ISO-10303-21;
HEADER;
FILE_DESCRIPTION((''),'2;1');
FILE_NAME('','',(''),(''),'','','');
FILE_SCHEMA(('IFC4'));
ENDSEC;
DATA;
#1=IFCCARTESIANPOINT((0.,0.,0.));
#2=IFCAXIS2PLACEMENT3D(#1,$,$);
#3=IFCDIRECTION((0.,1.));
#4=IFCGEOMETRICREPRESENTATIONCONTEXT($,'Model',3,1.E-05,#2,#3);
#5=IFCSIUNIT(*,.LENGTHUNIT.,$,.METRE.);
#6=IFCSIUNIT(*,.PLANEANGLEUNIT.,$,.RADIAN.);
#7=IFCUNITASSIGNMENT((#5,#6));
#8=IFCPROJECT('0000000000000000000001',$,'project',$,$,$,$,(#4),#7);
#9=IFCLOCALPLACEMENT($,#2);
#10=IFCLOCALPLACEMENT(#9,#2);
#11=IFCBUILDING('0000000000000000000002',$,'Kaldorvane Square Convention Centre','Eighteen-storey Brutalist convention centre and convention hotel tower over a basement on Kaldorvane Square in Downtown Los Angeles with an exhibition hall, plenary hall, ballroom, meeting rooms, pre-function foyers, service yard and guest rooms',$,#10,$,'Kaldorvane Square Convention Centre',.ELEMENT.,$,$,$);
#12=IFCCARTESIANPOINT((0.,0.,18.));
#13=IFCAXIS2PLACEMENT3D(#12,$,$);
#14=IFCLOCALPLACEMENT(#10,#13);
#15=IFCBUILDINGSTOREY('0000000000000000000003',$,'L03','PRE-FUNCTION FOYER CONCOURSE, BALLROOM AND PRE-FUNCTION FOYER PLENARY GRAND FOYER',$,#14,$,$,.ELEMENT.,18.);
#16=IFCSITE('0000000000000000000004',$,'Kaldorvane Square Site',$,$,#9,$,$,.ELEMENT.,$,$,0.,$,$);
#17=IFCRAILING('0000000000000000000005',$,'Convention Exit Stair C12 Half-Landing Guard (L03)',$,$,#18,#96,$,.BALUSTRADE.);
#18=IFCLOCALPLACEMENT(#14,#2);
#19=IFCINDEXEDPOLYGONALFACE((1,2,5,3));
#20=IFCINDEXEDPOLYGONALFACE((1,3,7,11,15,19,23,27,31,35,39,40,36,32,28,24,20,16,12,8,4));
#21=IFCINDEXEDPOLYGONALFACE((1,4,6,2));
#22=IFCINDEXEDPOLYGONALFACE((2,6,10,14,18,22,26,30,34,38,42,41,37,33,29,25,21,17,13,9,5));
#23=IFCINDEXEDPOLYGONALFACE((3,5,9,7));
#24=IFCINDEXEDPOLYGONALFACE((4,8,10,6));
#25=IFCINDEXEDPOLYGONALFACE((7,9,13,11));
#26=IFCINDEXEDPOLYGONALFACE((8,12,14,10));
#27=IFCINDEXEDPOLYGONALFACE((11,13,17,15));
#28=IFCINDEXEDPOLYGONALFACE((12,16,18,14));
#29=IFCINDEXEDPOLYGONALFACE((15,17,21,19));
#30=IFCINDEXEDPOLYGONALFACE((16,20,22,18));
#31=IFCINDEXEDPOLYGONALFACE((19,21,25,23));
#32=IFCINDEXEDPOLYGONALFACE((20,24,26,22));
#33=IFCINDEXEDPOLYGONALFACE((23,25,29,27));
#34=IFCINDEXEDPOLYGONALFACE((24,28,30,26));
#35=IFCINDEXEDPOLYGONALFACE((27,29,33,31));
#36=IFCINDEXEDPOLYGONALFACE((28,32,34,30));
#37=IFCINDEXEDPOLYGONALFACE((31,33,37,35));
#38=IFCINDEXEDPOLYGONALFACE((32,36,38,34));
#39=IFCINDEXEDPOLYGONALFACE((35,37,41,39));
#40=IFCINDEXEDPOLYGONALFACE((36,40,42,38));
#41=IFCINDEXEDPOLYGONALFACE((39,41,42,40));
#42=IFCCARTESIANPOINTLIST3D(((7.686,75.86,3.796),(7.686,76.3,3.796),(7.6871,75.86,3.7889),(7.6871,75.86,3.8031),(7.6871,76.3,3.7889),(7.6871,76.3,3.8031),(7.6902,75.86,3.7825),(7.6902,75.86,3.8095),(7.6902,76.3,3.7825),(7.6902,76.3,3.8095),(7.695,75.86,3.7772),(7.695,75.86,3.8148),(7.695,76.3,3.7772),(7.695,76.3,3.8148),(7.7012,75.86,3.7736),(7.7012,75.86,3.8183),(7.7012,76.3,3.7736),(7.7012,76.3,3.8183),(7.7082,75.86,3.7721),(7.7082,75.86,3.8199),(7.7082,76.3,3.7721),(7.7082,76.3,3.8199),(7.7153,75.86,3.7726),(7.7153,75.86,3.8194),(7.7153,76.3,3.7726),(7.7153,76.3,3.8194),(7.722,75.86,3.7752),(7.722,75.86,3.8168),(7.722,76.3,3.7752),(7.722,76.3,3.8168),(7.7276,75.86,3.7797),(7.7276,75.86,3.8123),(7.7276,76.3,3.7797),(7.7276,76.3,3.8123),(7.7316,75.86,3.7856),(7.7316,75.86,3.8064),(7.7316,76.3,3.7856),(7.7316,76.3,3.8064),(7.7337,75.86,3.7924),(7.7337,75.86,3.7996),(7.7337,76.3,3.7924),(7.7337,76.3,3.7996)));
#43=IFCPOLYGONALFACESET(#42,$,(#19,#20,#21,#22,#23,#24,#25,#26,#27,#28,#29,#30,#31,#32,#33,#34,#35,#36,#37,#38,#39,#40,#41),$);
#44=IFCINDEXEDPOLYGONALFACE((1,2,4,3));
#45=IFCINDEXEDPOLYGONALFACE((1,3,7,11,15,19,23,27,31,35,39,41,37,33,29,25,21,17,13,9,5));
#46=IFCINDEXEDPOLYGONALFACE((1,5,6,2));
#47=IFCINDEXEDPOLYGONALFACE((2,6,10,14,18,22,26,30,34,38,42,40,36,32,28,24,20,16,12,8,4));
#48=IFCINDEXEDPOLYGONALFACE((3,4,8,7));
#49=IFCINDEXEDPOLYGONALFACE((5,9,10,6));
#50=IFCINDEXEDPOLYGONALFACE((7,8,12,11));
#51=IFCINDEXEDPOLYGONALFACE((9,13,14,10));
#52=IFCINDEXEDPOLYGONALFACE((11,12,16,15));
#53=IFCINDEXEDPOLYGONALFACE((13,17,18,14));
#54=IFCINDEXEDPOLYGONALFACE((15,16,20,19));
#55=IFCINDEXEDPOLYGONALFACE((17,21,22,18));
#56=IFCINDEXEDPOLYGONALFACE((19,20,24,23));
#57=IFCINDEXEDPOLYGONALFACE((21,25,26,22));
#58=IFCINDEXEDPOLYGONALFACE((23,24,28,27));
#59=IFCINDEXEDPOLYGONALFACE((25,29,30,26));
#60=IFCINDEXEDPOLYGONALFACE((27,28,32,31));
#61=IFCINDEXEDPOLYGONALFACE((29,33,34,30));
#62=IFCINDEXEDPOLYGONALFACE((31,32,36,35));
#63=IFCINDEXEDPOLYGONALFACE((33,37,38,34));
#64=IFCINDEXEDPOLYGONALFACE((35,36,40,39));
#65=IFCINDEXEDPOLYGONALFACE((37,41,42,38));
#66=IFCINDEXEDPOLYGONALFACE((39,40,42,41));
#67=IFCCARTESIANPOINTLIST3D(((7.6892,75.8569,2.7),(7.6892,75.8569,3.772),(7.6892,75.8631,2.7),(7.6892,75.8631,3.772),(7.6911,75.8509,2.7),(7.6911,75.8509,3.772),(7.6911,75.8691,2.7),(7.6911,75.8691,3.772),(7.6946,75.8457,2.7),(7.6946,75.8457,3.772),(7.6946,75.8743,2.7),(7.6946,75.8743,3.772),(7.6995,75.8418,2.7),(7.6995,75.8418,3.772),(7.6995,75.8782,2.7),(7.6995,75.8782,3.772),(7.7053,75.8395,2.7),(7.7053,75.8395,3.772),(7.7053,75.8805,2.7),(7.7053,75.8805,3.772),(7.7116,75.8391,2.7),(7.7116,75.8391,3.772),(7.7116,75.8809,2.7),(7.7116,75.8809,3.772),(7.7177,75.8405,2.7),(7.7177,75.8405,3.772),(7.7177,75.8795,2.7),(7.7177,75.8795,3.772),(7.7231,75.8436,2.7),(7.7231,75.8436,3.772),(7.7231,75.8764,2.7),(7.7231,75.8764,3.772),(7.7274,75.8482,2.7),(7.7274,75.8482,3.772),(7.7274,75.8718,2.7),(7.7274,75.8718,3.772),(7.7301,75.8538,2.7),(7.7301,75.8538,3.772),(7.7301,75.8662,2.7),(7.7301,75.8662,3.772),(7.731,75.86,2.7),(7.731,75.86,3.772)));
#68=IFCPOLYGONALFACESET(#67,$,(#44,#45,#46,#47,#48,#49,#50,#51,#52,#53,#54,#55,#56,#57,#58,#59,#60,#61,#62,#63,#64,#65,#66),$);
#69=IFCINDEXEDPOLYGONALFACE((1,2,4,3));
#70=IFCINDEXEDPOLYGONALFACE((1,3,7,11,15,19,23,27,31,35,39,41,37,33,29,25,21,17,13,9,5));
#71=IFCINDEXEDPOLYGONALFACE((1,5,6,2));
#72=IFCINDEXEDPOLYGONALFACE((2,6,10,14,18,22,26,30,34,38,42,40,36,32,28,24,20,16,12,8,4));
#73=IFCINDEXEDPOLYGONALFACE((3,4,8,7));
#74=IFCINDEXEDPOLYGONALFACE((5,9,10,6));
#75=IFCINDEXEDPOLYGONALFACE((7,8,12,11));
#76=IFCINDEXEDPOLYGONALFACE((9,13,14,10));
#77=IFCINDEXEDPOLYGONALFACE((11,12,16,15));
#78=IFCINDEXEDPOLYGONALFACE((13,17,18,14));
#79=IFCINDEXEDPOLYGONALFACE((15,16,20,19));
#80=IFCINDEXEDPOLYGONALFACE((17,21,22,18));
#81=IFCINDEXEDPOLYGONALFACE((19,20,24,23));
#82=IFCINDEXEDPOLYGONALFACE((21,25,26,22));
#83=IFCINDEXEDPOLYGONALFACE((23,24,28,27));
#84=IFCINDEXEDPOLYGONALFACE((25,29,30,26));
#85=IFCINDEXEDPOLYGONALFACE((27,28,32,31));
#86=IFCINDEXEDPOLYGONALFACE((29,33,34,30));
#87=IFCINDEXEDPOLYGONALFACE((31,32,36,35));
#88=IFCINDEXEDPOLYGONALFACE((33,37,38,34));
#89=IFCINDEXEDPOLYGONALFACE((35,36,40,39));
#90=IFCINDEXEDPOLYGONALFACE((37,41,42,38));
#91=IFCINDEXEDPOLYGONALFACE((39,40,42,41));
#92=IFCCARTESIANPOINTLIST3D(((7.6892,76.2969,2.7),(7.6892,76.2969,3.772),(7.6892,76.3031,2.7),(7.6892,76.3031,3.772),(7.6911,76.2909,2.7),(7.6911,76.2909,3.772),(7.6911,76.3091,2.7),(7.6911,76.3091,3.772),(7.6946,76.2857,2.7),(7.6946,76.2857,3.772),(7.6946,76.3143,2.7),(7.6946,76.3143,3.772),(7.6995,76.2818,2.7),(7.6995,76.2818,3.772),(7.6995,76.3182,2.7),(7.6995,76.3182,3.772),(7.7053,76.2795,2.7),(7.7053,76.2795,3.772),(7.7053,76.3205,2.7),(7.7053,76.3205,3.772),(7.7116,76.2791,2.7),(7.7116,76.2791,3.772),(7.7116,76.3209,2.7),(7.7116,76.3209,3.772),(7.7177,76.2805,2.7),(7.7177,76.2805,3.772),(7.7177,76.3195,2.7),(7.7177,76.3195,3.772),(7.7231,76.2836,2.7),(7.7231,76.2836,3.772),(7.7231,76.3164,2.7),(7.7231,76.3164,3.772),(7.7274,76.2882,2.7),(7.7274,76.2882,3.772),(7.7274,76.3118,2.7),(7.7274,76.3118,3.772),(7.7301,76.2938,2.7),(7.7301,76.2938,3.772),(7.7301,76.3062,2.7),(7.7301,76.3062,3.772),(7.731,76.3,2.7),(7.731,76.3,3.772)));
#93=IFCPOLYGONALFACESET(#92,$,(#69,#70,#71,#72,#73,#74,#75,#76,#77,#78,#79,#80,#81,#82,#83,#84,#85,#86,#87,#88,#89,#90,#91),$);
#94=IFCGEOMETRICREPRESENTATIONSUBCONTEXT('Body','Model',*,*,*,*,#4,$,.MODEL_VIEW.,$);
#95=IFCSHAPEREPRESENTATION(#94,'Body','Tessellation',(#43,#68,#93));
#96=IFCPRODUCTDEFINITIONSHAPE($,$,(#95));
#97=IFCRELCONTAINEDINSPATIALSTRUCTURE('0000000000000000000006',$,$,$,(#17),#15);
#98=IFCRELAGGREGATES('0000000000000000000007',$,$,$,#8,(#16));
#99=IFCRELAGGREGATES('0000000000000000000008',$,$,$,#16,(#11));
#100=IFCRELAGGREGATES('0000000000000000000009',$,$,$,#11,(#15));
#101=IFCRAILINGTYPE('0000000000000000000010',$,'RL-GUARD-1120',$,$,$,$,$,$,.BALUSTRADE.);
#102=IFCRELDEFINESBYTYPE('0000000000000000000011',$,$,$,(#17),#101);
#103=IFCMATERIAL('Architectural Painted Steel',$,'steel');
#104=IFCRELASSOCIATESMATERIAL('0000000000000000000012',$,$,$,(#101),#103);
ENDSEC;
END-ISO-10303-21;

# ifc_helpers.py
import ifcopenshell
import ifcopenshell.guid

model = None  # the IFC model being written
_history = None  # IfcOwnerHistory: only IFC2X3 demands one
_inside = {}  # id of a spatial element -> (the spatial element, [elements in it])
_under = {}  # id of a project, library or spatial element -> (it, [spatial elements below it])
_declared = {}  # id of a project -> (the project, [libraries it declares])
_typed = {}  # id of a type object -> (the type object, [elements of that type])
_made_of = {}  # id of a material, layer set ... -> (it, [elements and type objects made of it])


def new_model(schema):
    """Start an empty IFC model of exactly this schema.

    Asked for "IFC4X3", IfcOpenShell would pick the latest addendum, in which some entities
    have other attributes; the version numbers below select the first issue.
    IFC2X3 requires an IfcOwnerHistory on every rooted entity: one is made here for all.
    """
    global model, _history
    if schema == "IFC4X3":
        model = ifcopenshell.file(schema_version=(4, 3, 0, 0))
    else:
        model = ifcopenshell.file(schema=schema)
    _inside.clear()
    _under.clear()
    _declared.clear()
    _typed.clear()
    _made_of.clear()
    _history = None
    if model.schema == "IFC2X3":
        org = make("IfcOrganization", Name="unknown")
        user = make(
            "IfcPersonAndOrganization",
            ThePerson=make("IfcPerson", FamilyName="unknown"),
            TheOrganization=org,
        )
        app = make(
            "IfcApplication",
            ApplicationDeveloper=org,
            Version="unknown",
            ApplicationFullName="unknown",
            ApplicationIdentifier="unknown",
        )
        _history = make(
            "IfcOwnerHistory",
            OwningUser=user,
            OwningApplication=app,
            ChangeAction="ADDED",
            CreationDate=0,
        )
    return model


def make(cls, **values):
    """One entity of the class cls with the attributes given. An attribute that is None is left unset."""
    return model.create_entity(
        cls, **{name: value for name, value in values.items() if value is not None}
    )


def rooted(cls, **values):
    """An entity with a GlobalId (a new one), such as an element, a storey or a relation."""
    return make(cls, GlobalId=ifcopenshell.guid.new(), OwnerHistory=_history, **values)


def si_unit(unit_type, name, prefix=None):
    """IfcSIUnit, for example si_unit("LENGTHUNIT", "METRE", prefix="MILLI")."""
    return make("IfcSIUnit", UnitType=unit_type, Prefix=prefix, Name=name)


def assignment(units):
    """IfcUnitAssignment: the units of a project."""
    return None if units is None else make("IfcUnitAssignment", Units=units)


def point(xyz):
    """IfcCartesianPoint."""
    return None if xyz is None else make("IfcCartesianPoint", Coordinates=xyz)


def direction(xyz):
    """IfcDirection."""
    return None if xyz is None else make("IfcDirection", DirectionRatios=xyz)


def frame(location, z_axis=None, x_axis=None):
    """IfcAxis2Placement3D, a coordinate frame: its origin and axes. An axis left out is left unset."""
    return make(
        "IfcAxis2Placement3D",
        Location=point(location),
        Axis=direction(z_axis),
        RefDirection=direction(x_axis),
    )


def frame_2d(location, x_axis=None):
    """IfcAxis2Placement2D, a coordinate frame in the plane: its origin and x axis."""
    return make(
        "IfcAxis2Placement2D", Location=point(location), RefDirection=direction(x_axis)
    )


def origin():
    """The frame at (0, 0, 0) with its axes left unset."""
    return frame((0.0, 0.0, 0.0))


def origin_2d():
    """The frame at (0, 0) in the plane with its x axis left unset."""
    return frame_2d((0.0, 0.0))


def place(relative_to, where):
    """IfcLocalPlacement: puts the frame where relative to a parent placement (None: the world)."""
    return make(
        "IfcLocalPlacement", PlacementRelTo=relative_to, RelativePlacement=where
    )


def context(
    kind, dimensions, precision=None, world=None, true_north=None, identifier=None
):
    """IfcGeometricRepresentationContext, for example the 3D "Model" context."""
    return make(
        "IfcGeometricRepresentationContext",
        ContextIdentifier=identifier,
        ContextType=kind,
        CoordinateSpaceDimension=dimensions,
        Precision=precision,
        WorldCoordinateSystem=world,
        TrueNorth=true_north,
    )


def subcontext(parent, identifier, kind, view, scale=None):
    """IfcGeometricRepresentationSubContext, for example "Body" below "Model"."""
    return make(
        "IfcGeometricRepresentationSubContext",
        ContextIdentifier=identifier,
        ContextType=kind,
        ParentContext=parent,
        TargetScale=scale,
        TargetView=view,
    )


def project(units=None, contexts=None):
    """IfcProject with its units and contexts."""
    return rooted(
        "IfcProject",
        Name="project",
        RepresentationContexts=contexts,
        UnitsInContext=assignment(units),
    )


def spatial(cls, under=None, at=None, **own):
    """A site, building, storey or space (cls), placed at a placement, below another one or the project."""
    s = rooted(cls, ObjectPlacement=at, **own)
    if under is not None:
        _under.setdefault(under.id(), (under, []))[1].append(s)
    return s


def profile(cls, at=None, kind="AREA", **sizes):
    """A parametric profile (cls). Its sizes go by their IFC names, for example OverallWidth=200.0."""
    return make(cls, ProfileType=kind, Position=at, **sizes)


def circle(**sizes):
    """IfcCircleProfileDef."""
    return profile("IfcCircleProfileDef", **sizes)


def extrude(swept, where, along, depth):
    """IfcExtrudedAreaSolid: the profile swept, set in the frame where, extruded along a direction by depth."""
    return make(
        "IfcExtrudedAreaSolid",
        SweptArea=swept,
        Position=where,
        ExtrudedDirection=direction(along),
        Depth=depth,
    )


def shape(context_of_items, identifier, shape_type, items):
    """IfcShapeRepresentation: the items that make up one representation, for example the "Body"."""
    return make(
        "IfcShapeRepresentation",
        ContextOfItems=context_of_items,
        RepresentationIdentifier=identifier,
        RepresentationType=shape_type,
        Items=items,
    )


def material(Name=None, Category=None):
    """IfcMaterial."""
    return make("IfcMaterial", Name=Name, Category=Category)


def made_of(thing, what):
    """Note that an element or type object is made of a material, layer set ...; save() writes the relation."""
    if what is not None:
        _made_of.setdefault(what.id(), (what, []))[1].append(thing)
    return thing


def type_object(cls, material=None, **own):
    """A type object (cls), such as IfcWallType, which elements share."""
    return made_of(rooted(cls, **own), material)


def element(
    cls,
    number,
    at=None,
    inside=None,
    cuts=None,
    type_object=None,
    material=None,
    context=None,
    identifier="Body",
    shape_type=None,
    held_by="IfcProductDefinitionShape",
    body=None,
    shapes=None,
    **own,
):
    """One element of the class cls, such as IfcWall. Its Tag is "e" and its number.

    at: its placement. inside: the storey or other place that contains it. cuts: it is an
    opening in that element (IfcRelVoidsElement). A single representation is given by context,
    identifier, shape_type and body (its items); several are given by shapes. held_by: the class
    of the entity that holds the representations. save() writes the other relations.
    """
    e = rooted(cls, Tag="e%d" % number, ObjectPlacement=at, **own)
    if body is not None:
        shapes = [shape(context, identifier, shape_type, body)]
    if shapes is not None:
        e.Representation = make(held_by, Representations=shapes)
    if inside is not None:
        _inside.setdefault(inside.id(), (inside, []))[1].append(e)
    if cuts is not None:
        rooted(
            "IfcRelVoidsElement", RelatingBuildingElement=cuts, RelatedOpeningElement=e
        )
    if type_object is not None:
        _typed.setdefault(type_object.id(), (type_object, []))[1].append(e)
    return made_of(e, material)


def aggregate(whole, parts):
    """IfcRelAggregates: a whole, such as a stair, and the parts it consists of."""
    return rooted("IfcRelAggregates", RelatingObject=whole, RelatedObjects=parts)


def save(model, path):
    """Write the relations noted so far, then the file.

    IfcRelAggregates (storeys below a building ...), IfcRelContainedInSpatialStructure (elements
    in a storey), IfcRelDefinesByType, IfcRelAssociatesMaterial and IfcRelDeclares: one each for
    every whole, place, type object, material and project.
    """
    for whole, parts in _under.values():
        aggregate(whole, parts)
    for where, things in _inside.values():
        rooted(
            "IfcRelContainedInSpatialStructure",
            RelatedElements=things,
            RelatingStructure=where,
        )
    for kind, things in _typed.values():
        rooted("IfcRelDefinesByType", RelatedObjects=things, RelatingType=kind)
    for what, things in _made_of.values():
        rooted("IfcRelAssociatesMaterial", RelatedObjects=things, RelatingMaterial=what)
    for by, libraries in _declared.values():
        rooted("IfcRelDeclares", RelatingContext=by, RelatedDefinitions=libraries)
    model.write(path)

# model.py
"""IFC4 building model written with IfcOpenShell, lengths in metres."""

from ifc_helpers import new_model, si_unit, direction, frame, origin, origin_2d, place, context, subcontext, project, spatial, circle, extrude, material, type_object, element, save


model = new_model("IFC4")

# Units and contexts
model_context = context("Model", 3, precision=1e-05, world=origin(), true_north=direction((0.0, 1.0)))
body_context = subcontext(model_context, "Body", "Model", "MODEL_VIEW")
ifc_project = project(units=[si_unit("LENGTHUNIT", "METRE"), si_unit("PLANEANGLEUNIT", "RADIAN")], contexts=[model_context])

# Site, building, storey
site_placement = place(None, origin())
site = spatial("IfcSite", under=ifc_project, at=site_placement, Name="Kaldorvane Square Site", CompositionType="ELEMENT", RefElevation=0.0)
building_placement = place(site_placement, origin())
building = spatial("IfcBuilding", under=site, at=building_placement, Name="Kaldorvane Square Convention Centre", Description="Eighteen-storey Brutalist convention centre and convention hotel tower over a basement on Kaldorvane Square in Downtown Los Angeles with an exhibition hall, plenary hall, ballroom, meeting rooms, pre-function foyers, service yard and guest rooms", LongName="Kaldorvane Square Convention Centre", CompositionType="ELEMENT")
storey_placement = place(building_placement, frame((0.0, 0.0, 18.0)))
storey = spatial("IfcBuildingStorey", under=building, at=storey_placement, Name="L03", Description="PRE-FUNCTION FOYER CONCOURSE, BALLROOM AND PRE-FUNCTION FOYER PLENARY GRAND FOYER", CompositionType="ELEMENT", Elevation=18.0)

# Railing
ifc_material_1 = material(Name="Architectural Painted Steel", Category="steel")
railing_type_1 = type_object("IfcRailingType", Name="RL-GUARD-1120", PredefinedType="BALUSTRADE", material=ifc_material_1)
for number, where, name in (
    (1, (7.71, 75.86, 2.7), "Convention Exit Stair C12 Half-Landing Guard (L03)"),
):
    element("IfcRailing", number, at=place(storey_placement, frame(where)), inside=storey, type_object=railing_type_1, Name=name, PredefinedType="BALUSTRADE", context=body_context, shape_type="SweptSolid", body=[
        extrude(circle(Radius=0.024, at=origin_2d()), frame((0.0, 0.0, 1.096), z_axis=(0.0, 1.0, 0.0), x_axis=(-1.0, 0.0, 0.0)), (0.0, 0.0, 1.0), 0.44),
        extrude(circle(Radius=0.021, at=origin_2d()), origin(), (0.0, 0.0, 1.0), 1.072),
        extrude(circle(Radius=0.021, at=origin_2d()), frame((0.0, 0.44, 0.0)), (0.0, 0.0, 1.0), 1.072),
    ])

save(model, "model.ifc")
